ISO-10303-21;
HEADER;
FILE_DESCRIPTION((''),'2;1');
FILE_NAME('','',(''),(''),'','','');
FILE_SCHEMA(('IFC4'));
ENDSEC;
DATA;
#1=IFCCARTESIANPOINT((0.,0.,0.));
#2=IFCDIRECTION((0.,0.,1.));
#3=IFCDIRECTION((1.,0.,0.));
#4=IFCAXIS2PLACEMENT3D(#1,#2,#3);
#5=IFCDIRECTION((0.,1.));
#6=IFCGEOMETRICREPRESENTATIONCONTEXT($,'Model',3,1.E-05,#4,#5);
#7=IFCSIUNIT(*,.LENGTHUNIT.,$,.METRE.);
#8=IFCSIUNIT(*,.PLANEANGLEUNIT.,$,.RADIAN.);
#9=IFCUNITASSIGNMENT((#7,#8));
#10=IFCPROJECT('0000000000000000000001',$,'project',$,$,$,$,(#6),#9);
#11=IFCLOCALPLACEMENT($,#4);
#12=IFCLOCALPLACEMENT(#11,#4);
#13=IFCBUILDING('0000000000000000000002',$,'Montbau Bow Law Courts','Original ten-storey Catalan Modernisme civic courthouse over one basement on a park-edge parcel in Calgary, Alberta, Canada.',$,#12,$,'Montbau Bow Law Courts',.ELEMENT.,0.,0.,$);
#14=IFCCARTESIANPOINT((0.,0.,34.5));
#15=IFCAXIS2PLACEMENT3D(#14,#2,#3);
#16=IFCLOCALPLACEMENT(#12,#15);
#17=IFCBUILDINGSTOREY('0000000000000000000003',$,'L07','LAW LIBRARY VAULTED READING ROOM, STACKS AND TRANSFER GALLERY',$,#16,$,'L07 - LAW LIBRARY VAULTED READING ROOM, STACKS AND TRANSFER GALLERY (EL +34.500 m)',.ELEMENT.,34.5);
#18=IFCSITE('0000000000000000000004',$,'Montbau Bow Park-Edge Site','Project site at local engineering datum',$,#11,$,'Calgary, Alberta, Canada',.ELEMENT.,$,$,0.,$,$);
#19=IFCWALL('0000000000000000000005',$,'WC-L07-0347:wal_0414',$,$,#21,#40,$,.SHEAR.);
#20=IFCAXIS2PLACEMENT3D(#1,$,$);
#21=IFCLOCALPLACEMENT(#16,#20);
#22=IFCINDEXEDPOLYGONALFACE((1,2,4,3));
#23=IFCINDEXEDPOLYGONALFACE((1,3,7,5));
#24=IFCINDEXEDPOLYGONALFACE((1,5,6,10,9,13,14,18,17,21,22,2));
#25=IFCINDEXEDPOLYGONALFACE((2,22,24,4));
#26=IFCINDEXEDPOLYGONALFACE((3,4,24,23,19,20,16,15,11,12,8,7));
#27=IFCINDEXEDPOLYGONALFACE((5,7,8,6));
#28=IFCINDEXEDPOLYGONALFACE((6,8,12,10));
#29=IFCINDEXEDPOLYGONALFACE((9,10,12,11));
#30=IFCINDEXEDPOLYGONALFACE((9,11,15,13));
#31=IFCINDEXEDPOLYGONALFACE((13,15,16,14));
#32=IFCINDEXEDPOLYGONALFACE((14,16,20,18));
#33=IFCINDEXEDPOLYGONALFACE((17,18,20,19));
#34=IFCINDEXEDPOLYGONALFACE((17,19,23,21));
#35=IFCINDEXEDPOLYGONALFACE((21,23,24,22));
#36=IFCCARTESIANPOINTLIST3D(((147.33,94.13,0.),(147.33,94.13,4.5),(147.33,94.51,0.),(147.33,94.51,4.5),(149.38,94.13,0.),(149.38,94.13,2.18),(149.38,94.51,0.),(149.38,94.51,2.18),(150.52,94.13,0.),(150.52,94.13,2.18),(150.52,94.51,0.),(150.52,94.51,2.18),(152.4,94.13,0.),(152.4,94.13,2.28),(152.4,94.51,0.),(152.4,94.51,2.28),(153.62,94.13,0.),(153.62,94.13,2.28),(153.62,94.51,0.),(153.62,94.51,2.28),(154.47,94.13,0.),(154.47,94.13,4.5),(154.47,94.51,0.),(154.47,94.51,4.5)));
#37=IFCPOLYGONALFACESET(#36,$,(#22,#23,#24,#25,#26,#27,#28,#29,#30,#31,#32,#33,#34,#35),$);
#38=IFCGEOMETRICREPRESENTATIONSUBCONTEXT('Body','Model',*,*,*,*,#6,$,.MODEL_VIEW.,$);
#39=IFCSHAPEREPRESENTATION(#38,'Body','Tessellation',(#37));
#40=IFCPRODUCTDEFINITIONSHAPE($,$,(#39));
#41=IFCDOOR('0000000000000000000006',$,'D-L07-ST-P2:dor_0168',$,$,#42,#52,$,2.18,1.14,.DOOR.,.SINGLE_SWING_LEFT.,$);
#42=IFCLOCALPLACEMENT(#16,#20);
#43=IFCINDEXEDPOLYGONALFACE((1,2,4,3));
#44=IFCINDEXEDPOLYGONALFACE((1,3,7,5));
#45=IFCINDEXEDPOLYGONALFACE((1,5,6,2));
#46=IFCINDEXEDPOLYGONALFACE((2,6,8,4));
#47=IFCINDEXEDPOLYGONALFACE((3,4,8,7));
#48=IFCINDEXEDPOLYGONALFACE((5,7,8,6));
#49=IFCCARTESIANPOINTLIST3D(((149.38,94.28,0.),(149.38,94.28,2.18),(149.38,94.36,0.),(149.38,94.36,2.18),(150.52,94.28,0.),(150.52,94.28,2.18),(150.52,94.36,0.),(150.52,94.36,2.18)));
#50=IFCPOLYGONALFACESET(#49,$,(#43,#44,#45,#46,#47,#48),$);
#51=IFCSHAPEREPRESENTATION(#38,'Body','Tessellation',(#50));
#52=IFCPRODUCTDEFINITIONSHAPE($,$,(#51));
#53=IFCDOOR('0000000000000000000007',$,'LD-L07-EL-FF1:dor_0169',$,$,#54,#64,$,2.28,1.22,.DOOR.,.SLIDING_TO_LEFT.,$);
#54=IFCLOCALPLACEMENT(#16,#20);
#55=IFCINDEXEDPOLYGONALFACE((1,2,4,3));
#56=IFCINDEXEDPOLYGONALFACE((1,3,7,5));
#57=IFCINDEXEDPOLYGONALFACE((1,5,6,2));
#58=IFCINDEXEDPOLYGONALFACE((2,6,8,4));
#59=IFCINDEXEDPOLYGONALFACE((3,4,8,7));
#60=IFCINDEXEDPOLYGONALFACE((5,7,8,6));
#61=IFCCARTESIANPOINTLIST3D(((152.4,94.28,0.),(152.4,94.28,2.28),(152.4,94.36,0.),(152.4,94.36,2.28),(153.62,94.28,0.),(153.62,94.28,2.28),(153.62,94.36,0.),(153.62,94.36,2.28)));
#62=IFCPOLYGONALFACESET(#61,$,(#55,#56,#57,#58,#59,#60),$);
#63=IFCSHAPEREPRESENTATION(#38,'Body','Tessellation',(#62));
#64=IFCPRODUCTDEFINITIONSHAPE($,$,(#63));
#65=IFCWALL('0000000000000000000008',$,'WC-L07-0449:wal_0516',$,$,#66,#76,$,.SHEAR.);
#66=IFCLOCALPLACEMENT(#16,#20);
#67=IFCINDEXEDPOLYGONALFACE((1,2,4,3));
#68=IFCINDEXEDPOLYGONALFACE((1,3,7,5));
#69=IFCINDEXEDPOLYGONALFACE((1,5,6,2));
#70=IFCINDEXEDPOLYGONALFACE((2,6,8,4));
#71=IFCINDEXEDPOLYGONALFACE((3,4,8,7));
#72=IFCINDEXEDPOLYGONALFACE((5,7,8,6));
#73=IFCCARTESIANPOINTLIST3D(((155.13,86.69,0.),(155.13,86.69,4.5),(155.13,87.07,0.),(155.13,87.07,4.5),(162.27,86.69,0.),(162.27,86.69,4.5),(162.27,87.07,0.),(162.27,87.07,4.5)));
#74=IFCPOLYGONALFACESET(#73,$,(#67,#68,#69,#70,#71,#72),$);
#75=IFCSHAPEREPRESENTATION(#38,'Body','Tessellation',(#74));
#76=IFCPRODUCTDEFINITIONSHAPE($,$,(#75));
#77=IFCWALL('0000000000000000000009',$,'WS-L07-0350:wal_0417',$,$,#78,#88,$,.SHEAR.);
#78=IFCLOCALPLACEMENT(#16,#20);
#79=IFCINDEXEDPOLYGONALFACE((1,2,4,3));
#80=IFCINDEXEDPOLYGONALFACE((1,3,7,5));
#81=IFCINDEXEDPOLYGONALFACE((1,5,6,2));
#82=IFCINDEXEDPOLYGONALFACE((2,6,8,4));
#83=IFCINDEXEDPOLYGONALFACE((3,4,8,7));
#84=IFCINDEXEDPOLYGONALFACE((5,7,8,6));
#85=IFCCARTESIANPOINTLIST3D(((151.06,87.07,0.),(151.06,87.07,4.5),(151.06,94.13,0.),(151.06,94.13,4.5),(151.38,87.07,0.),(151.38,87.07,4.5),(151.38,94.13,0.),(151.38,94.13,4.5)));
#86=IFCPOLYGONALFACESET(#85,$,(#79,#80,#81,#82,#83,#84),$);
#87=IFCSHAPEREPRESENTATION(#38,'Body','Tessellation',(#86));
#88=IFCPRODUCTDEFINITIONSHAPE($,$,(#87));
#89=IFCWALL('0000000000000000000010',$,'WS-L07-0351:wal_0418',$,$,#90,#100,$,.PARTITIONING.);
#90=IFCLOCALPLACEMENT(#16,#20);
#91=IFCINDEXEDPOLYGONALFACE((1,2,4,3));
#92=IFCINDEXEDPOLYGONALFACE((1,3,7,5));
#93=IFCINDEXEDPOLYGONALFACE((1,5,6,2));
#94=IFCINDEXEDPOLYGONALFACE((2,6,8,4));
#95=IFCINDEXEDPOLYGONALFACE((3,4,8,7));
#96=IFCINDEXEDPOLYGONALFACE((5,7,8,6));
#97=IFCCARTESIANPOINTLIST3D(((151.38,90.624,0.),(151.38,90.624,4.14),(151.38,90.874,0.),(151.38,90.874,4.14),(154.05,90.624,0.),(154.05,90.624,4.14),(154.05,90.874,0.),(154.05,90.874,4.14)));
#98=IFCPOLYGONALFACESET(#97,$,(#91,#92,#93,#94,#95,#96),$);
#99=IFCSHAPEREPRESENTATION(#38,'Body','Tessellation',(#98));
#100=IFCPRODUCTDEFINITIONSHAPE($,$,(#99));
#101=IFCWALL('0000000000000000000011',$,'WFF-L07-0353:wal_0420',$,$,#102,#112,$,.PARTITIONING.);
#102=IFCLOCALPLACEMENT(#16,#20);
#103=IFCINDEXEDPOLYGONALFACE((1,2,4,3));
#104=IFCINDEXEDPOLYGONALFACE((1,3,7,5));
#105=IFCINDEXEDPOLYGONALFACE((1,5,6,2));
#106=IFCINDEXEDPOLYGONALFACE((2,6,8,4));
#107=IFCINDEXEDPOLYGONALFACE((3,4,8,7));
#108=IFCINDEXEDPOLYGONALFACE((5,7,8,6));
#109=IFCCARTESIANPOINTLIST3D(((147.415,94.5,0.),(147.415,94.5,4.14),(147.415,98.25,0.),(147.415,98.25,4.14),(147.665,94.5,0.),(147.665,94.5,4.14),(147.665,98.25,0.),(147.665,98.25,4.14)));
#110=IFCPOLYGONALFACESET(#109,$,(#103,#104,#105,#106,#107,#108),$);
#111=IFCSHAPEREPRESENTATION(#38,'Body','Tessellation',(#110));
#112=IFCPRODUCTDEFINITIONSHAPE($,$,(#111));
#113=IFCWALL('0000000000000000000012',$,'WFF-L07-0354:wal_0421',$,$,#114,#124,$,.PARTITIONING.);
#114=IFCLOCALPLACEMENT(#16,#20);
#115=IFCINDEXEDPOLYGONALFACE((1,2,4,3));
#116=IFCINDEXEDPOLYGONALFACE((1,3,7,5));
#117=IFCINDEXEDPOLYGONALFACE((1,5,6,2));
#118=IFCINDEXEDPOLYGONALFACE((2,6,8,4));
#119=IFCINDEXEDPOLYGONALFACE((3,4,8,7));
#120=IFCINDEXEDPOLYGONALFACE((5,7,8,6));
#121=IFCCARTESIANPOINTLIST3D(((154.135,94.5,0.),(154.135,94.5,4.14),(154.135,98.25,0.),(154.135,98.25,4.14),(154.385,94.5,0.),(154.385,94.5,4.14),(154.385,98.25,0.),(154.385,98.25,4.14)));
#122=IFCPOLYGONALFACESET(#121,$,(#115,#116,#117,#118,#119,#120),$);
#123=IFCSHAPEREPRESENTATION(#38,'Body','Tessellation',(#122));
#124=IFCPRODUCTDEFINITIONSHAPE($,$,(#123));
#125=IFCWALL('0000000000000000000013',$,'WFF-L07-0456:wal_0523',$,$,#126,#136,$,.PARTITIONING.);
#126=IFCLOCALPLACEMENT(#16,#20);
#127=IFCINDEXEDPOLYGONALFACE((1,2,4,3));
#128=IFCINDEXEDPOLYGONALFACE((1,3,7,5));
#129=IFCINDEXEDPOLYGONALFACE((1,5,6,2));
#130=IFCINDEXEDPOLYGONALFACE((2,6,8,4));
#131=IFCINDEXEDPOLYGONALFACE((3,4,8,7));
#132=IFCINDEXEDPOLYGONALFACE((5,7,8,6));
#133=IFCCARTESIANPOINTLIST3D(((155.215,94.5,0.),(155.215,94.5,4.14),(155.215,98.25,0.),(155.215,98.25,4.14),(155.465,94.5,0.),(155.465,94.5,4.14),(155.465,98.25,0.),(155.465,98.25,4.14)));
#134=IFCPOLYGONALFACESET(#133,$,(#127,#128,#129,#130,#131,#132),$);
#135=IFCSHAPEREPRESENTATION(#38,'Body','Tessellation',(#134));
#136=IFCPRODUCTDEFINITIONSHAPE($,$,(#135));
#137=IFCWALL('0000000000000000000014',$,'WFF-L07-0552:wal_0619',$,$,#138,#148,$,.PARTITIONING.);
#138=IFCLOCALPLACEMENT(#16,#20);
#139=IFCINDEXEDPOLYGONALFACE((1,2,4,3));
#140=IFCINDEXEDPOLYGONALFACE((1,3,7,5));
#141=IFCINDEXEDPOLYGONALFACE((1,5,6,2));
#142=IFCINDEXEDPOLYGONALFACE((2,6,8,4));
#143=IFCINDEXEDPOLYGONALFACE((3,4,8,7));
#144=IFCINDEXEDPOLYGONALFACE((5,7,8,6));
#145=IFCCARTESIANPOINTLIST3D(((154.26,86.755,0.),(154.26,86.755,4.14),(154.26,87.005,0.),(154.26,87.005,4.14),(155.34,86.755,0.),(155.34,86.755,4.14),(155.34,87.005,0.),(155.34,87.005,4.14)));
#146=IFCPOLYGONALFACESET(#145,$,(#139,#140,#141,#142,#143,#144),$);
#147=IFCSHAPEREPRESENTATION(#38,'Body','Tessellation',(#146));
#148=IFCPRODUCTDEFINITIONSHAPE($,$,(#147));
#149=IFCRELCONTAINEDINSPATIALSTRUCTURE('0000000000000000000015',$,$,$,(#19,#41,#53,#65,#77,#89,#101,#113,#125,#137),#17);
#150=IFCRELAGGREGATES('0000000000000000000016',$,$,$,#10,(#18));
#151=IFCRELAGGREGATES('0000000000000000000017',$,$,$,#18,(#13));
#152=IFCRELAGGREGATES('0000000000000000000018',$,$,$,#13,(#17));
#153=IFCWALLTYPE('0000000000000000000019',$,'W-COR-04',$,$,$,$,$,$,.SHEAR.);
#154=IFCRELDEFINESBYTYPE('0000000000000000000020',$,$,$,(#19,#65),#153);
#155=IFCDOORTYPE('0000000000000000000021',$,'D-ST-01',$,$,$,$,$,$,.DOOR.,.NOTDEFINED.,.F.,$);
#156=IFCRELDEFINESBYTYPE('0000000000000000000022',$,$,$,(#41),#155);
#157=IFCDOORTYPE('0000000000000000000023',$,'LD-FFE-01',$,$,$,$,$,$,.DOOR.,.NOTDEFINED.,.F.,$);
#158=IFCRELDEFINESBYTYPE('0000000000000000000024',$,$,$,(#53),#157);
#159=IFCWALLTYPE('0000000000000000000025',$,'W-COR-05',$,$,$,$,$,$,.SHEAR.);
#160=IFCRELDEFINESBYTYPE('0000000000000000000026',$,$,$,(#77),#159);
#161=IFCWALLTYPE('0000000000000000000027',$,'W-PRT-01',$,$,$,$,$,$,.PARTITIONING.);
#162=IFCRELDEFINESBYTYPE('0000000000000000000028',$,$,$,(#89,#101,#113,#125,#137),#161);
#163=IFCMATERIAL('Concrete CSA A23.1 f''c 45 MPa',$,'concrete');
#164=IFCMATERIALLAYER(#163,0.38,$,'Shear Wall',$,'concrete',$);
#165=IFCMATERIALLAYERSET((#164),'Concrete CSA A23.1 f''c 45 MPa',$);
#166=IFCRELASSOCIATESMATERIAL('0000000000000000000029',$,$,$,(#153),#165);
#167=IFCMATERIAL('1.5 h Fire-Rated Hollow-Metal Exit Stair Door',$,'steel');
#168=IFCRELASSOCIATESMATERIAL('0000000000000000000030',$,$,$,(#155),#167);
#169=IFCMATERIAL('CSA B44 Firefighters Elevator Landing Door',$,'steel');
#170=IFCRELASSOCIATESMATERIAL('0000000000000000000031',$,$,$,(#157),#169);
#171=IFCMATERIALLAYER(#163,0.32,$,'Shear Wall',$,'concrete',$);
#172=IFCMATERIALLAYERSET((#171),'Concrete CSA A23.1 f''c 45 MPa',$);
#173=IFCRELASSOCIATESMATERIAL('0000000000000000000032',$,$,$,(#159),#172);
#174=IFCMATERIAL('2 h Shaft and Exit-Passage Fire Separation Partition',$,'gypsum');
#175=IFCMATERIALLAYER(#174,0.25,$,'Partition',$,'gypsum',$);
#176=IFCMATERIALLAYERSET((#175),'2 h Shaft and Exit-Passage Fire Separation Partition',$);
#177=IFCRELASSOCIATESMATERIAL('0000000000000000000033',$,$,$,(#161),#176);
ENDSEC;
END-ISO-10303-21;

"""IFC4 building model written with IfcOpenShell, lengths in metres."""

from ifc_helpers import new_model, si_unit, direction, frame, frame_2d, origin_with_axes, place, context, subcontext, project, spatial, rectangle, extrude, material, layer, layer_set, type_object, element, fill, save


model = new_model("IFC4")

# Units and contexts
model_context = context("Model", 3, precision=1e-05, world=origin_with_axes(), true_north=direction((0.0, 1.0)))
body_context = subcontext(model_context, "Body", "Model", "MODEL_VIEW")
ifc_project = project(units=[si_unit("LENGTHUNIT", "METRE"), si_unit("PLANEANGLEUNIT", "RADIAN")], contexts=[model_context])

# Site, building, storey
site_placement = place(None, origin_with_axes())
site = spatial("IfcSite", under=ifc_project, at=site_placement, Name="Montbau Bow Park-Edge Site", Description="Project site at local engineering datum", LongName="Calgary, Alberta, Canada", CompositionType="ELEMENT", RefElevation=0.0)
building_placement = place(site_placement, origin_with_axes())
building = spatial("IfcBuilding", under=site, at=building_placement, Name="Montbau Bow Law Courts", Description="Original ten-storey Catalan Modernisme civic courthouse over one basement on a park-edge parcel in Calgary, Alberta, Canada.", LongName="Montbau Bow Law Courts", CompositionType="ELEMENT", ElevationOfRefHeight=0.0, ElevationOfTerrain=0.0)
storey_placement = place(building_placement, frame((0.0, 0.0, 34.5), z_axis=(0.0, 0.0, 1.0), x_axis=(1.0, 0.0, 0.0)))
storey = spatial("IfcBuildingStorey", under=building, at=storey_placement, Name="L07", Description="LAW LIBRARY VAULTED READING ROOM, STACKS AND TRANSFER GALLERY", LongName="L07 - LAW LIBRARY VAULTED READING ROOM, STACKS AND TRANSFER GALLERY (EL +34.500 m)", CompositionType="ELEMENT", Elevation=34.5)

# Shared definitions
ifc_material_1 = material(Name="Concrete CSA A23.1 f'c 45 MPa", Category="concrete")
ifc_layer_1 = layer(ifc_material_1, 0.38, Name="Shear Wall", Category="concrete")
ifc_layer_set_1 = layer_set([ifc_layer_1], Name="Concrete CSA A23.1 f'c 45 MPa")
wall_type_1 = type_object("IfcWallType", Name="W-COR-04", PredefinedType="SHEAR", material=ifc_layer_set_1)

# Wall, openings, doors
wall_1_placement = place(None, frame((154.47, 94.32, 34.5), z_axis=(0.0, 0.0, 1.0), x_axis=(-1.0, 0.0, 0.0)))
wall_1 = element("IfcWall", 1, at=wall_1_placement, inside=storey, type_object=wall_type_1, Name="WC-L07-0347:wal_0414", PredefinedType="SHEAR", context=body_context, shape_type="SweptSolid", body=[
    extrude(rectangle(XDim=7.14, YDim=0.38, at=frame_2d((3.57, 0.0), x_axis=(1.0, 0.0))), origin_with_axes(), (0.0, 0.0, 1.0), 4.5),
])
opening_1_placement = place(None, frame((149.95, 94.32, 34.5), z_axis=(0.0, 0.0, 1.0), x_axis=(-1.0, 0.0, 0.0)))
opening_1 = element("IfcOpeningElement", 2, at=opening_1_placement, cuts=wall_1, PredefinedType="OPENING", context=body_context, shape_type="SweptSolid", body=[
    extrude(rectangle(XDim=1.14, YDim=2.18, at=frame_2d((0.0, 1.09), x_axis=(1.0, 0.0))), frame((0.0, 0.2, 0.0), z_axis=(0.0, -1.0, 0.0), x_axis=(1.0, 0.0, 0.0)), (0.0, 0.0, 1.0), 0.4),
])
opening_2_placement = place(None, frame((153.01, 94.32, 34.5), z_axis=(0.0, 0.0, 1.0), x_axis=(-1.0, 0.0, 0.0)))
opening_2 = element("IfcOpeningElement", 3, at=opening_2_placement, cuts=wall_1, PredefinedType="OPENING", context=body_context, shape_type="SweptSolid", body=[
    extrude(rectangle(XDim=1.22, YDim=2.28, at=frame_2d((0.0, 1.14), x_axis=(1.0, 0.0))), frame((0.0, 0.2, 0.0), z_axis=(0.0, -1.0, 0.0), x_axis=(1.0, 0.0, 0.0)), (0.0, 0.0, 1.0), 0.4),
])
ifc_material_2 = material(Name="1.5 h Fire-Rated Hollow-Metal Exit Stair Door", Category="steel")
door_type_1 = type_object("IfcDoorType", Name="D-ST-01", OperationType="NOTDEFINED", ParameterTakesPrecedence=False, PredefinedType="DOOR", material=ifc_material_2)
door_1_placement = place(None, frame((149.95, 94.32, 34.5), z_axis=(0.0, 0.0, 1.0), x_axis=(1.0, 0.0, 0.0)))
door_1 = element("IfcDoor", 4, at=door_1_placement, inside=storey, type_object=door_type_1, Name="D-L07-ST-P2:dor_0168", OperationType="SINGLE_SWING_LEFT", OverallHeight=2.18, OverallWidth=1.14, PredefinedType="DOOR", context=body_context, shape_type="SweptSolid", body=[
    extrude(rectangle(XDim=1.14, YDim=2.18, at=frame_2d((0.0, 1.09), x_axis=(1.0, 0.0))), frame((0.0, 0.04, 0.0), z_axis=(0.0, -1.0, 0.0), x_axis=(1.0, 0.0, 0.0)), (0.0, 0.0, 1.0), 0.08),
])
fill(opening_1, door_1)
ifc_material_3 = material(Name="CSA B44 Firefighters Elevator Landing Door", Category="steel")
door_type_2 = type_object("IfcDoorType", Name="LD-FFE-01", OperationType="NOTDEFINED", ParameterTakesPrecedence=False, PredefinedType="DOOR", material=ifc_material_3)
door_2_placement = place(None, frame((153.01, 94.32, 34.5), z_axis=(0.0, 0.0, 1.0), x_axis=(1.0, 0.0, 0.0)))
door_2 = element("IfcDoor", 5, at=door_2_placement, inside=storey, type_object=door_type_2, Name="LD-L07-EL-FF1:dor_0169", OperationType="SLIDING_TO_LEFT", OverallHeight=2.28, OverallWidth=1.22, PredefinedType="DOOR", context=body_context, shape_type="SweptSolid", body=[
    extrude(rectangle(XDim=1.22, YDim=2.28, at=frame_2d((0.0, 1.14), x_axis=(1.0, 0.0))), frame((0.0, 0.04, 0.0), z_axis=(0.0, -1.0, 0.0), x_axis=(1.0, 0.0, 0.0)), (0.0, 0.0, 1.0), 0.08),
])
fill(opening_2, door_2)

# Walls
wall_2_placement = place(None, frame((155.13, 86.88, 34.5), z_axis=(0.0, 0.0, 1.0), x_axis=(1.0, 0.0, 0.0)))
element("IfcWall", 6, at=wall_2_placement, inside=storey, type_object=wall_type_1, Name="WC-L07-0449:wal_0516", PredefinedType="SHEAR", context=body_context, shape_type="SweptSolid", body=[
    extrude(rectangle(XDim=7.14, YDim=0.38, at=frame_2d((3.57, 0.0), x_axis=(1.0, 0.0))), origin_with_axes(), (0.0, 0.0, 1.0), 4.5),
])
ifc_layer_2 = layer(ifc_material_1, 0.32, Name="Shear Wall", Category="concrete")
ifc_layer_set_2 = layer_set([ifc_layer_2], Name="Concrete CSA A23.1 f'c 45 MPa")
wall_type_2 = type_object("IfcWallType", Name="W-COR-05", PredefinedType="SHEAR", material=ifc_layer_set_2)
wall_3_placement = place(None, frame((151.22, 87.07, 34.5), z_axis=(0.0, 0.0, 1.0), x_axis=(0.0, 1.0, 0.0)))
element("IfcWall", 7, at=wall_3_placement, inside=storey, type_object=wall_type_2, Name="WS-L07-0350:wal_0417", PredefinedType="SHEAR", context=body_context, shape_type="SweptSolid", body=[
    extrude(rectangle(XDim=7.06, YDim=0.32, at=frame_2d((3.53, 0.0), x_axis=(1.0, 0.0))), origin_with_axes(), (0.0, 0.0, 1.0), 4.5),
])
ifc_material_4 = material(Name="2 h Shaft and Exit-Passage Fire Separation Partition", Category="gypsum")
ifc_layer_3 = layer(ifc_material_4, 0.25, Name="Partition", Category="gypsum")
ifc_layer_set_3 = layer_set([ifc_layer_3], Name="2 h Shaft and Exit-Passage Fire Separation Partition")
wall_type_3 = type_object("IfcWallType", Name="W-PRT-01", PredefinedType="PARTITIONING", material=ifc_layer_set_3)
wall_4_placement = place(None, frame((151.38, 90.749, 34.5), z_axis=(0.0, 0.0, 1.0), x_axis=(1.0, 0.0, 0.0)))
element("IfcWall", 8, at=wall_4_placement, inside=storey, type_object=wall_type_3, Name="WS-L07-0351:wal_0418", PredefinedType="PARTITIONING", context=body_context, shape_type="SweptSolid", body=[
    extrude(rectangle(XDim=2.67, YDim=0.25, at=frame_2d((1.335, 0.0), x_axis=(1.0, 0.0))), origin_with_axes(), (0.0, 0.0, 1.0), 4.14),
])
for number, where, z_axis, x_axis, name in (
    (9, (147.54, 94.5, 34.5), (0.0, 0.0, 1.0), (0.0, 1.0, 0.0), "WFF-L07-0353:wal_0420"),
    (10, (154.26, 94.5, 34.5), (0.0, 0.0, 1.0), (0.0, 1.0, 0.0), "WFF-L07-0354:wal_0421"),
    (11, (155.34, 94.5, 34.5), (0.0, 0.0, 1.0), (0.0, 1.0, 0.0), "WFF-L07-0456:wal_0523"),
):
    element("IfcWall", number, at=place(None, frame(where, z_axis=z_axis, x_axis=x_axis)), inside=storey, type_object=wall_type_3, Name=name, PredefinedType="PARTITIONING", context=body_context, shape_type="SweptSolid", body=[
        extrude(rectangle(XDim=3.75, YDim=0.25, at=frame_2d((1.875, 0.0), x_axis=(1.0, 0.0))), origin_with_axes(), (0.0, 0.0, 1.0), 4.14),
    ])
wall_5_placement = place(None, frame((154.26, 86.88, 34.5), z_axis=(0.0, 0.0, 1.0), x_axis=(1.0, 0.0, 0.0)))
element("IfcWall", 12, at=wall_5_placement, inside=storey, type_object=wall_type_3, Name="WFF-L07-0552:wal_0619", PredefinedType="PARTITIONING", context=body_context, shape_type="SweptSolid", body=[
    extrude(rectangle(XDim=1.08, YDim=0.25, at=frame_2d((0.54, 0.0), x_axis=(1.0, 0.0))), origin_with_axes(), (0.0, 0.0, 1.0), 4.14),
])

save(model, "model.ifc")
